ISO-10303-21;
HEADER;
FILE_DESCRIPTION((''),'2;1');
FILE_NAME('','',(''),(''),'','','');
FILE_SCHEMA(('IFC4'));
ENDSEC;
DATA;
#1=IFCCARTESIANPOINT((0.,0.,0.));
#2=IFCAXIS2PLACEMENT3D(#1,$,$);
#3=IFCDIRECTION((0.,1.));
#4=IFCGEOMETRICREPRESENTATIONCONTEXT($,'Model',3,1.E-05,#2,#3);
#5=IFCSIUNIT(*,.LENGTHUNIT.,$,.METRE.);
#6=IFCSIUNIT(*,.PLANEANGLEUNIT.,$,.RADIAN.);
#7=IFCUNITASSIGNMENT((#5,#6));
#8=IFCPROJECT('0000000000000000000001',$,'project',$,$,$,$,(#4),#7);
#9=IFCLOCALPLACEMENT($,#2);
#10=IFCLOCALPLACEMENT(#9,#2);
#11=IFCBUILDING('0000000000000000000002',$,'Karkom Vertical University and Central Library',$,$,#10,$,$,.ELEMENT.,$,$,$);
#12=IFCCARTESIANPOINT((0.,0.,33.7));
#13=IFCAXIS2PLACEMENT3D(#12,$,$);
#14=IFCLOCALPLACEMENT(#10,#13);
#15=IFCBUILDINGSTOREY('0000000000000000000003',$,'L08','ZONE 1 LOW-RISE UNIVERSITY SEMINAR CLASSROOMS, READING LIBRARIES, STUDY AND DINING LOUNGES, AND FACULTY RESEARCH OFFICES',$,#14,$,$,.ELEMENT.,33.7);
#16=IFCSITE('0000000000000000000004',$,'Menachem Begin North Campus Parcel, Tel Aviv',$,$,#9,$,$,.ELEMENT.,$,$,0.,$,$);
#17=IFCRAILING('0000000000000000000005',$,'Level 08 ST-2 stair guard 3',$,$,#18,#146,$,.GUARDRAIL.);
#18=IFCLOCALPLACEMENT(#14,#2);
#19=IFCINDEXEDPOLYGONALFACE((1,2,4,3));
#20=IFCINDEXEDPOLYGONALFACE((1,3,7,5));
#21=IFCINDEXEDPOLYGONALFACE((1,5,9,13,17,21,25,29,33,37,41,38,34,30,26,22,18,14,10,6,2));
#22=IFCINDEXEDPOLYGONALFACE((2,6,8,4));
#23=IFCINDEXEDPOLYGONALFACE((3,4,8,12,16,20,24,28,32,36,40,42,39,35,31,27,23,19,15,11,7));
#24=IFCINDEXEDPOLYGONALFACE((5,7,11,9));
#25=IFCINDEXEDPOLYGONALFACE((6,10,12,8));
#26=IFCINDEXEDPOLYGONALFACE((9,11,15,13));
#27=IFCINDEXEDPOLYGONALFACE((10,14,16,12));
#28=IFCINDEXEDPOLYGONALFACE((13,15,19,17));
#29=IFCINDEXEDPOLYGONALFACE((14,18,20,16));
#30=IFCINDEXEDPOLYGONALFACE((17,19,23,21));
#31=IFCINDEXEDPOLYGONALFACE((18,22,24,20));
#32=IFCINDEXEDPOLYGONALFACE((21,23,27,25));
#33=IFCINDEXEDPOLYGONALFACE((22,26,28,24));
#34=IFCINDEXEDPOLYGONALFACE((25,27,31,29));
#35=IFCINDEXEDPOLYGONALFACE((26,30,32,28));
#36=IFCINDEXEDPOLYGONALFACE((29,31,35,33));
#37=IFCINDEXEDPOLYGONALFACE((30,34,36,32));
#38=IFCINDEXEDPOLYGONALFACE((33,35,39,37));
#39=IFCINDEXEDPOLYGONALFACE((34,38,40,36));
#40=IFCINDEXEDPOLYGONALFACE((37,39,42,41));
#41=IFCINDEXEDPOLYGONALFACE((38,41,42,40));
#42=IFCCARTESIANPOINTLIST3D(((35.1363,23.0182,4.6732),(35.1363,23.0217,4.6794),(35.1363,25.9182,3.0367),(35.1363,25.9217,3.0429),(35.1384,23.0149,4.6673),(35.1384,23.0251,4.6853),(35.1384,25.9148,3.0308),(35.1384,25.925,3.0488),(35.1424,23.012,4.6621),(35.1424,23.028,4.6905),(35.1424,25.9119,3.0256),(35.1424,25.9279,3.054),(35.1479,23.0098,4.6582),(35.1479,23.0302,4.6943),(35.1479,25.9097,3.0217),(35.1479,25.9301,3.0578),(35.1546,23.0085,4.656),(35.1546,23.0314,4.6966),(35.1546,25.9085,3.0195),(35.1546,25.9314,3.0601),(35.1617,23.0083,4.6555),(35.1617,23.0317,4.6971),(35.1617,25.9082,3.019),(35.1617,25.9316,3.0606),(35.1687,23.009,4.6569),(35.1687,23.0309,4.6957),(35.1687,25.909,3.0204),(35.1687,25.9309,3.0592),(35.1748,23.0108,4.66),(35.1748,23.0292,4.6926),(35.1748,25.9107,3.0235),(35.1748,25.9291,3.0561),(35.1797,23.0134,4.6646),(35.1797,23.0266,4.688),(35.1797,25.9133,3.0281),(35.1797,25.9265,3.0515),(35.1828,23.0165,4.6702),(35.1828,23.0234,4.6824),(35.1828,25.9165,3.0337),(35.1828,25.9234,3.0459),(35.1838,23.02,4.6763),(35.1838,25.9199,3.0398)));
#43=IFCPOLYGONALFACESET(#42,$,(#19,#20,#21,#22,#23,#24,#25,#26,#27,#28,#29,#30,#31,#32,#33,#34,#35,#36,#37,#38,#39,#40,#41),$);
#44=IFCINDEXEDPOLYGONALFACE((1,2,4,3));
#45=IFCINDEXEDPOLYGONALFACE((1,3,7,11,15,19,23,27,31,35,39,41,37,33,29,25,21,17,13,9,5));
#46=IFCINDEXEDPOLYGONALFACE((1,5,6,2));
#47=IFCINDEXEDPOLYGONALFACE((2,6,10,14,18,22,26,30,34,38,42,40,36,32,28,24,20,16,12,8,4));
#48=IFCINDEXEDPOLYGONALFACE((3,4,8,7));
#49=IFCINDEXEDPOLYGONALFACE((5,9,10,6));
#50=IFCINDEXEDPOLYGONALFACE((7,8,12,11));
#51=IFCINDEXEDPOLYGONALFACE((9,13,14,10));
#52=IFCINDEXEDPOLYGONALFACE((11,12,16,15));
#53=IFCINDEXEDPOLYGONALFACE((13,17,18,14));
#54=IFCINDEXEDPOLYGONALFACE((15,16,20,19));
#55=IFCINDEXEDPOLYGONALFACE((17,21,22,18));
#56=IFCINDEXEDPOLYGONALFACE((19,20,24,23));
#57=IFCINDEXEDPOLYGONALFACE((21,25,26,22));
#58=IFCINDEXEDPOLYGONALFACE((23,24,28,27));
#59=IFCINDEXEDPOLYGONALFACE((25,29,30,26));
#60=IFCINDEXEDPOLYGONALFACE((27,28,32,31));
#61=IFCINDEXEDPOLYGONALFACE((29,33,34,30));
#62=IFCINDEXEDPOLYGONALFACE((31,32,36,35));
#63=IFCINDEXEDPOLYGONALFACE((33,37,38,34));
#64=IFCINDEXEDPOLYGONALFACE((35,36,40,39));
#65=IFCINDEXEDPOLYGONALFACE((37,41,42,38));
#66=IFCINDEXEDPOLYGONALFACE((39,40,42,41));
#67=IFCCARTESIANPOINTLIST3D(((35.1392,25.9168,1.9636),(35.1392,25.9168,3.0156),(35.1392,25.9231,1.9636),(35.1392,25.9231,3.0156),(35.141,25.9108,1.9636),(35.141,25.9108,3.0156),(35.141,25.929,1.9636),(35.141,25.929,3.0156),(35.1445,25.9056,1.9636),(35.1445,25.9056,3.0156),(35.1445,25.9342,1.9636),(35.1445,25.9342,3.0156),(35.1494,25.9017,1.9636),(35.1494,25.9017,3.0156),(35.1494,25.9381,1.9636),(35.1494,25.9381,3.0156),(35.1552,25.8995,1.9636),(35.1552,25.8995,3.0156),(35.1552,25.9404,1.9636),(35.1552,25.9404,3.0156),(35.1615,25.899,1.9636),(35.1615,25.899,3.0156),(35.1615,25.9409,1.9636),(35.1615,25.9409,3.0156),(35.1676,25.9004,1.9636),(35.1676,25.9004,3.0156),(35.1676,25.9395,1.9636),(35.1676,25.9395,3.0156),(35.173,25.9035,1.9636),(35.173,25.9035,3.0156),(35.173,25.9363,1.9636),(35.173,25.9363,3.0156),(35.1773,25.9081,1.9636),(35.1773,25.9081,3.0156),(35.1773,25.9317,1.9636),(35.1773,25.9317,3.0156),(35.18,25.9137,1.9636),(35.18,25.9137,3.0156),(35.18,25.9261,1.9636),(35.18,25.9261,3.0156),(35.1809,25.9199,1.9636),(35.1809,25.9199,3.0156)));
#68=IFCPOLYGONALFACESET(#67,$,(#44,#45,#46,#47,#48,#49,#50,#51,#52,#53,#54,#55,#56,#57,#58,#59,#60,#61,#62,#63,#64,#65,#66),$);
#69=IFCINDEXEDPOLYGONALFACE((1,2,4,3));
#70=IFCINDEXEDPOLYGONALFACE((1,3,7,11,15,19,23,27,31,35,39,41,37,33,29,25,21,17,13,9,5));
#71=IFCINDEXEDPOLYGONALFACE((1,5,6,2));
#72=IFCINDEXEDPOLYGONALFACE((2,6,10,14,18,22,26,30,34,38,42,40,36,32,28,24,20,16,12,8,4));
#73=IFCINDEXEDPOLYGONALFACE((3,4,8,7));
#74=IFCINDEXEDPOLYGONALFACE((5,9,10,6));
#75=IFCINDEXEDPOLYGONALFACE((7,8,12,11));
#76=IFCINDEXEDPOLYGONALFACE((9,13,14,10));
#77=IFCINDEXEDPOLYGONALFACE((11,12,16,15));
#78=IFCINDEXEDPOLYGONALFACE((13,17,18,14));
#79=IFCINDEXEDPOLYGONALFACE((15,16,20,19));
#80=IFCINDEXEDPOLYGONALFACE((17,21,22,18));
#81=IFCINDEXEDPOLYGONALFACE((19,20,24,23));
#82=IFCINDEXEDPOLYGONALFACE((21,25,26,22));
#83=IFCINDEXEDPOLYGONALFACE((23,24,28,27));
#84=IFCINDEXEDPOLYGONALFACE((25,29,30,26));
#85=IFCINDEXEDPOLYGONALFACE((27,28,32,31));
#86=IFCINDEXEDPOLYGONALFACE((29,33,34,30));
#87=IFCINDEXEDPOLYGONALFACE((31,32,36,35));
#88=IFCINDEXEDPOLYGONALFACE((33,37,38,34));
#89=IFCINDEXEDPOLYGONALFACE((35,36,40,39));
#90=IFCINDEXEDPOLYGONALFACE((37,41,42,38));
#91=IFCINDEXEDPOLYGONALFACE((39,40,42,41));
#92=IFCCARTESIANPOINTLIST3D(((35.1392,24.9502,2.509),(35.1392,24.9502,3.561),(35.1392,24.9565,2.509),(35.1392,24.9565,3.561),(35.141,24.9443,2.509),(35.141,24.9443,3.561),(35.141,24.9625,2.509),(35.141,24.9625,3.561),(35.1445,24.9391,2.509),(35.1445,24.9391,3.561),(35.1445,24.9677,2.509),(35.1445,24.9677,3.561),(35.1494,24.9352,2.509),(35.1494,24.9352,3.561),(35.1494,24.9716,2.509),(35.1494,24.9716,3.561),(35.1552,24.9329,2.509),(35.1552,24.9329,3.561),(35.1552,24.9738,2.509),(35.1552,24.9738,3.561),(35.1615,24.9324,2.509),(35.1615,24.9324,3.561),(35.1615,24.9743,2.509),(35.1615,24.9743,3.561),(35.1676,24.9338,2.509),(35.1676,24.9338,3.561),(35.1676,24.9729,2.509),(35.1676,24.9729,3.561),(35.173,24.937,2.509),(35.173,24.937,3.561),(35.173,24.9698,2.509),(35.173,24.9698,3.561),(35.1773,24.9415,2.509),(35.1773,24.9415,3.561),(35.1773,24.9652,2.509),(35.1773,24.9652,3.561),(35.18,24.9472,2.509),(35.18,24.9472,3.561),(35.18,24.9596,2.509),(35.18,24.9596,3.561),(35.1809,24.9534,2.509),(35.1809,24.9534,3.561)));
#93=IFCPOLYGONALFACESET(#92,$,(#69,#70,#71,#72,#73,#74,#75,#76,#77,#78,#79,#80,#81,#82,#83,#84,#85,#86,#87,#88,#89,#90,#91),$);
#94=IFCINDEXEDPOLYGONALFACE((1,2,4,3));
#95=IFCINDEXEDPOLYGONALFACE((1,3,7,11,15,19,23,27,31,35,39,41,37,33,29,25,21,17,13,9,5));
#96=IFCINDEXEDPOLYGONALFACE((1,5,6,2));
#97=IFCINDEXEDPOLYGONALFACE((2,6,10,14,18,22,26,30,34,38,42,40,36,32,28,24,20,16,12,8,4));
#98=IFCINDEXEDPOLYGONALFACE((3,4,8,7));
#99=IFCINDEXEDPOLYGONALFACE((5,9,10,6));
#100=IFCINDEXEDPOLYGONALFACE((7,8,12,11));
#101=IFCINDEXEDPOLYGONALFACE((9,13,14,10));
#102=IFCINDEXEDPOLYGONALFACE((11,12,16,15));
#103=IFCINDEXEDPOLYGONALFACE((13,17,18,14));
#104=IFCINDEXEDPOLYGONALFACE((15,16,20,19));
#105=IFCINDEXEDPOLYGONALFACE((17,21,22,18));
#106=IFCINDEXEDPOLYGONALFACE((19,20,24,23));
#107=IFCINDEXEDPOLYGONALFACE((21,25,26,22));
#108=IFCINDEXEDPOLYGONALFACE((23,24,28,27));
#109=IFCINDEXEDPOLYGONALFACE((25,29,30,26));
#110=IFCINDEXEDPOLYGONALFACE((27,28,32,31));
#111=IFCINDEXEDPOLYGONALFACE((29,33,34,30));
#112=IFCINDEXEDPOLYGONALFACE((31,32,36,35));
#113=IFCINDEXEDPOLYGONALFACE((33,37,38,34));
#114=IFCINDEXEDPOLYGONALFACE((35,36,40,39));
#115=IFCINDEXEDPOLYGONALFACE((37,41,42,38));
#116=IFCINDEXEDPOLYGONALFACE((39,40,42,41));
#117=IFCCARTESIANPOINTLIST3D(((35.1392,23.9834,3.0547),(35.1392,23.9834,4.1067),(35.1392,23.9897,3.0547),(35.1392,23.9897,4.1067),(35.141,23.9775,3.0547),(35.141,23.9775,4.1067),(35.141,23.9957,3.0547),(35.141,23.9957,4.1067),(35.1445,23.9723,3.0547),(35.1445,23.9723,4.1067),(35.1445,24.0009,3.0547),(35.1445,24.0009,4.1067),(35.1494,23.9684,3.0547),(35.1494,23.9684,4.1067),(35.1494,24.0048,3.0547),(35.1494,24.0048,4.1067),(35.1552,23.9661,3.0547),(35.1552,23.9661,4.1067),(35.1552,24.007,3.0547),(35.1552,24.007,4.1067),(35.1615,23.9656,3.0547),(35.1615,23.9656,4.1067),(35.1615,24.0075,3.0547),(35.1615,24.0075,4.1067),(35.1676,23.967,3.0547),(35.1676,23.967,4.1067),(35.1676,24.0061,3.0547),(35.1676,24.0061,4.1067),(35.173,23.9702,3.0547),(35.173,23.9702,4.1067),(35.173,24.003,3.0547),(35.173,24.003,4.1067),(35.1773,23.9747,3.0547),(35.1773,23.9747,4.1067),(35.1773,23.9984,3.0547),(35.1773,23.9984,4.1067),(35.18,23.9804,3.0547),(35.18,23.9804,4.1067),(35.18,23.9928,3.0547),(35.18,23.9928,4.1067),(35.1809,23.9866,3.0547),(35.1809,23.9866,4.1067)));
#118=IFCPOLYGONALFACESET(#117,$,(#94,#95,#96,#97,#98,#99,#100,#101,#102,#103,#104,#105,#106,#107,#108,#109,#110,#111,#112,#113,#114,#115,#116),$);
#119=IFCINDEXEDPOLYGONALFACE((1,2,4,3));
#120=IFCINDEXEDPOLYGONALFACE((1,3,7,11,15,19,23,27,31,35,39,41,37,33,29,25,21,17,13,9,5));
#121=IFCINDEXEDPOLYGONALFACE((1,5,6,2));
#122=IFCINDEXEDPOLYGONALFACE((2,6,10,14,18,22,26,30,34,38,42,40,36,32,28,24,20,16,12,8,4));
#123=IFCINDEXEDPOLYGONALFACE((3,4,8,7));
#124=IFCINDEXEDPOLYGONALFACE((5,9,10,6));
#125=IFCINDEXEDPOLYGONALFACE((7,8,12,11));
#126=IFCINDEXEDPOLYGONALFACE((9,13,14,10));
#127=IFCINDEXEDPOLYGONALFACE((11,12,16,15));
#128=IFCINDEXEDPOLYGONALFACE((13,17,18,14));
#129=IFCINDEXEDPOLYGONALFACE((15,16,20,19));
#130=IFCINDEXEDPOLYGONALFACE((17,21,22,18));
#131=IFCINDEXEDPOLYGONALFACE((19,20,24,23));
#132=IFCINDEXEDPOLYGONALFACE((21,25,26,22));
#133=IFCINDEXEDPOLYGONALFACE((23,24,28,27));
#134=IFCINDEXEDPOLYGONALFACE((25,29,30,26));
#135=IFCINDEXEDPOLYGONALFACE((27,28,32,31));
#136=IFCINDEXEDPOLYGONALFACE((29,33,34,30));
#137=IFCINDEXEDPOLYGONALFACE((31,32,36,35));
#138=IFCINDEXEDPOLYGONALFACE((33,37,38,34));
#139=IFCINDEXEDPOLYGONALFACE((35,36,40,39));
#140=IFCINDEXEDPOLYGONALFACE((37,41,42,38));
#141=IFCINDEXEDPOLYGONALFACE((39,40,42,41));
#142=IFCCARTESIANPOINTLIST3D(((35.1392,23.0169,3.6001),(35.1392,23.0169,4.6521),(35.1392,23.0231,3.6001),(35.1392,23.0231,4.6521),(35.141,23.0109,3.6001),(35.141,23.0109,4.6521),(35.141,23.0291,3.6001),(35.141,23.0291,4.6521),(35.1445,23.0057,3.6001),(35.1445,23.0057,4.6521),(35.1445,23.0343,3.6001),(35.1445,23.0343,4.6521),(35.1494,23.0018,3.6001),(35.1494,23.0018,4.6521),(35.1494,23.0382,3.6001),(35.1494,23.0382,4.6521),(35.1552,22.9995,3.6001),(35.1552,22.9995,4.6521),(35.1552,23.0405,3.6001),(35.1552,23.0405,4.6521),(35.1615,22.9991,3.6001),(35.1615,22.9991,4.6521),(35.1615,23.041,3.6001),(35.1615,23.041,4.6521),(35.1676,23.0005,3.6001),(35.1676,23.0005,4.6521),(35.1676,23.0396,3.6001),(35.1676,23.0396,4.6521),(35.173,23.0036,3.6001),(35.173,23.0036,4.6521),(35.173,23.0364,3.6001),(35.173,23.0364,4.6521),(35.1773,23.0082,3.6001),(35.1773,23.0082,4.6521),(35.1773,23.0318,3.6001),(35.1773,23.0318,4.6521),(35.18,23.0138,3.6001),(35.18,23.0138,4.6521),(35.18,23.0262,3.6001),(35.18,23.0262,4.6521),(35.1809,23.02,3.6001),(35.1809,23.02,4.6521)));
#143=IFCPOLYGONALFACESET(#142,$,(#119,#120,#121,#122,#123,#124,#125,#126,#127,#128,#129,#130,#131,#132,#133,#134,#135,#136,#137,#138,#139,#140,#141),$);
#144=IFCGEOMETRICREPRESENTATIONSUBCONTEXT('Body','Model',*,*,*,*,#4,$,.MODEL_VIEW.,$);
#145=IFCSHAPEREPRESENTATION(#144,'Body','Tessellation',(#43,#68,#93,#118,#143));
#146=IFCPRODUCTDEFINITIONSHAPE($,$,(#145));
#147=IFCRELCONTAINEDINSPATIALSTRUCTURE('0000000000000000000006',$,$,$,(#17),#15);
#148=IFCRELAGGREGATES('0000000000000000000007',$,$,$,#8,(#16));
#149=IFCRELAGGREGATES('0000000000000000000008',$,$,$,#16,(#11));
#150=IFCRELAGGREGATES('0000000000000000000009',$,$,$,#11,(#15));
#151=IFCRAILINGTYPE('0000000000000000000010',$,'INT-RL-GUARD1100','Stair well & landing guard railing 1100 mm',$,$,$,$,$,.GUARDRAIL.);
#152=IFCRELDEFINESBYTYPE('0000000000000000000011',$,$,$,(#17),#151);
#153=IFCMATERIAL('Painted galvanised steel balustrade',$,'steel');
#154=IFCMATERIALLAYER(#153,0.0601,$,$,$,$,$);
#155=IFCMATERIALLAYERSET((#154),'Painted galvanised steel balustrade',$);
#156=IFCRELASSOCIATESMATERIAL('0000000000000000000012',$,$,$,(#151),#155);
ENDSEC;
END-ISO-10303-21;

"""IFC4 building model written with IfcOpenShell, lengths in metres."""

from ifc_helpers import new_model, si_unit, direction, frame, origin, origin_2d, place, context, subcontext, project, spatial, circle, extrude, material, layer, layer_set, type_object, element, save


model = new_model("IFC4")

# Units and contexts
model_context = context("Model", 3, precision=1e-05, world=origin(), true_north=direction((0.0, 1.0)))
body_context = subcontext(model_context, "Body", "Model", "MODEL_VIEW")
ifc_project = project(units=[si_unit("LENGTHUNIT", "METRE"), si_unit("PLANEANGLEUNIT", "RADIAN")], contexts=[model_context])

# Site, building, storey
site_placement = place(None, origin())
site = spatial("IfcSite", under=ifc_project, at=site_placement, Name="Menachem Begin North Campus Parcel, Tel Aviv", CompositionType="ELEMENT", RefElevation=0.0)
building_placement = place(site_placement, origin())
building = spatial("IfcBuilding", under=site, at=building_placement, Name="Karkom Vertical University and Central Library", CompositionType="ELEMENT")
storey_placement = place(building_placement, frame((0.0, 0.0, 33.7)))
storey = spatial("IfcBuildingStorey", under=building, at=storey_placement, Name="L08", Description="ZONE 1 LOW-RISE UNIVERSITY SEMINAR CLASSROOMS, READING LIBRARIES, STUDY AND DINING LOUNGES, AND FACULTY RESEARCH OFFICES", CompositionType="ELEMENT", Elevation=33.7)

# Railing
ifc_material_1 = material(Name="Painted galvanised steel balustrade", Category="steel")
ifc_layer_1 = layer(ifc_material_1, 0.0601)
ifc_layer_set_1 = layer_set([ifc_layer_1], Name="Painted galvanised steel balustrade")
railing_type = type_object("IfcRailingType", Name="INT-RL-GUARD1100", Description="Stair well & landing guard railing 1100 mm", PredefinedType="GUARDRAIL", material=ifc_layer_set_1)
railing_1_placement = place(storey_placement, frame((35.1599, 25.9199, 1.9636)))
element("IfcRailing", 1, at=railing_1_placement, inside=storey, type_object=railing_type, Name="Level 08 ST-2 stair guard 3", PredefinedType="GUARDRAIL", context=body_context, shape_type="SweptSolid", body=[
    extrude(circle(Radius=0.0239, at=origin_2d()), frame((0.0, 0.0, 1.0762), z_axis=(0.0, -0.870897, 0.491465), x_axis=(1.0, 0.0, 0.0)), (0.0, 0.0, 1.0), 3.3298),
    extrude(circle(Radius=0.021, at=origin_2d()), origin(), (0.0, 0.0, 1.0), 1.052),
    extrude(circle(Radius=0.021, at=origin_2d()), frame((0.0, -0.9666, 0.5454)), (0.0, 0.0, 1.0), 1.052),
    extrude(circle(Radius=0.021, at=origin_2d()), frame((0.0, -1.9333, 1.0911)), (0.0, 0.0, 1.0), 1.052),
    extrude(circle(Radius=0.021, at=origin_2d()), frame((0.0, -2.8999, 1.6365)), (0.0, 0.0, 1.0), 1.052),
])

save(model, "model.ifc")
